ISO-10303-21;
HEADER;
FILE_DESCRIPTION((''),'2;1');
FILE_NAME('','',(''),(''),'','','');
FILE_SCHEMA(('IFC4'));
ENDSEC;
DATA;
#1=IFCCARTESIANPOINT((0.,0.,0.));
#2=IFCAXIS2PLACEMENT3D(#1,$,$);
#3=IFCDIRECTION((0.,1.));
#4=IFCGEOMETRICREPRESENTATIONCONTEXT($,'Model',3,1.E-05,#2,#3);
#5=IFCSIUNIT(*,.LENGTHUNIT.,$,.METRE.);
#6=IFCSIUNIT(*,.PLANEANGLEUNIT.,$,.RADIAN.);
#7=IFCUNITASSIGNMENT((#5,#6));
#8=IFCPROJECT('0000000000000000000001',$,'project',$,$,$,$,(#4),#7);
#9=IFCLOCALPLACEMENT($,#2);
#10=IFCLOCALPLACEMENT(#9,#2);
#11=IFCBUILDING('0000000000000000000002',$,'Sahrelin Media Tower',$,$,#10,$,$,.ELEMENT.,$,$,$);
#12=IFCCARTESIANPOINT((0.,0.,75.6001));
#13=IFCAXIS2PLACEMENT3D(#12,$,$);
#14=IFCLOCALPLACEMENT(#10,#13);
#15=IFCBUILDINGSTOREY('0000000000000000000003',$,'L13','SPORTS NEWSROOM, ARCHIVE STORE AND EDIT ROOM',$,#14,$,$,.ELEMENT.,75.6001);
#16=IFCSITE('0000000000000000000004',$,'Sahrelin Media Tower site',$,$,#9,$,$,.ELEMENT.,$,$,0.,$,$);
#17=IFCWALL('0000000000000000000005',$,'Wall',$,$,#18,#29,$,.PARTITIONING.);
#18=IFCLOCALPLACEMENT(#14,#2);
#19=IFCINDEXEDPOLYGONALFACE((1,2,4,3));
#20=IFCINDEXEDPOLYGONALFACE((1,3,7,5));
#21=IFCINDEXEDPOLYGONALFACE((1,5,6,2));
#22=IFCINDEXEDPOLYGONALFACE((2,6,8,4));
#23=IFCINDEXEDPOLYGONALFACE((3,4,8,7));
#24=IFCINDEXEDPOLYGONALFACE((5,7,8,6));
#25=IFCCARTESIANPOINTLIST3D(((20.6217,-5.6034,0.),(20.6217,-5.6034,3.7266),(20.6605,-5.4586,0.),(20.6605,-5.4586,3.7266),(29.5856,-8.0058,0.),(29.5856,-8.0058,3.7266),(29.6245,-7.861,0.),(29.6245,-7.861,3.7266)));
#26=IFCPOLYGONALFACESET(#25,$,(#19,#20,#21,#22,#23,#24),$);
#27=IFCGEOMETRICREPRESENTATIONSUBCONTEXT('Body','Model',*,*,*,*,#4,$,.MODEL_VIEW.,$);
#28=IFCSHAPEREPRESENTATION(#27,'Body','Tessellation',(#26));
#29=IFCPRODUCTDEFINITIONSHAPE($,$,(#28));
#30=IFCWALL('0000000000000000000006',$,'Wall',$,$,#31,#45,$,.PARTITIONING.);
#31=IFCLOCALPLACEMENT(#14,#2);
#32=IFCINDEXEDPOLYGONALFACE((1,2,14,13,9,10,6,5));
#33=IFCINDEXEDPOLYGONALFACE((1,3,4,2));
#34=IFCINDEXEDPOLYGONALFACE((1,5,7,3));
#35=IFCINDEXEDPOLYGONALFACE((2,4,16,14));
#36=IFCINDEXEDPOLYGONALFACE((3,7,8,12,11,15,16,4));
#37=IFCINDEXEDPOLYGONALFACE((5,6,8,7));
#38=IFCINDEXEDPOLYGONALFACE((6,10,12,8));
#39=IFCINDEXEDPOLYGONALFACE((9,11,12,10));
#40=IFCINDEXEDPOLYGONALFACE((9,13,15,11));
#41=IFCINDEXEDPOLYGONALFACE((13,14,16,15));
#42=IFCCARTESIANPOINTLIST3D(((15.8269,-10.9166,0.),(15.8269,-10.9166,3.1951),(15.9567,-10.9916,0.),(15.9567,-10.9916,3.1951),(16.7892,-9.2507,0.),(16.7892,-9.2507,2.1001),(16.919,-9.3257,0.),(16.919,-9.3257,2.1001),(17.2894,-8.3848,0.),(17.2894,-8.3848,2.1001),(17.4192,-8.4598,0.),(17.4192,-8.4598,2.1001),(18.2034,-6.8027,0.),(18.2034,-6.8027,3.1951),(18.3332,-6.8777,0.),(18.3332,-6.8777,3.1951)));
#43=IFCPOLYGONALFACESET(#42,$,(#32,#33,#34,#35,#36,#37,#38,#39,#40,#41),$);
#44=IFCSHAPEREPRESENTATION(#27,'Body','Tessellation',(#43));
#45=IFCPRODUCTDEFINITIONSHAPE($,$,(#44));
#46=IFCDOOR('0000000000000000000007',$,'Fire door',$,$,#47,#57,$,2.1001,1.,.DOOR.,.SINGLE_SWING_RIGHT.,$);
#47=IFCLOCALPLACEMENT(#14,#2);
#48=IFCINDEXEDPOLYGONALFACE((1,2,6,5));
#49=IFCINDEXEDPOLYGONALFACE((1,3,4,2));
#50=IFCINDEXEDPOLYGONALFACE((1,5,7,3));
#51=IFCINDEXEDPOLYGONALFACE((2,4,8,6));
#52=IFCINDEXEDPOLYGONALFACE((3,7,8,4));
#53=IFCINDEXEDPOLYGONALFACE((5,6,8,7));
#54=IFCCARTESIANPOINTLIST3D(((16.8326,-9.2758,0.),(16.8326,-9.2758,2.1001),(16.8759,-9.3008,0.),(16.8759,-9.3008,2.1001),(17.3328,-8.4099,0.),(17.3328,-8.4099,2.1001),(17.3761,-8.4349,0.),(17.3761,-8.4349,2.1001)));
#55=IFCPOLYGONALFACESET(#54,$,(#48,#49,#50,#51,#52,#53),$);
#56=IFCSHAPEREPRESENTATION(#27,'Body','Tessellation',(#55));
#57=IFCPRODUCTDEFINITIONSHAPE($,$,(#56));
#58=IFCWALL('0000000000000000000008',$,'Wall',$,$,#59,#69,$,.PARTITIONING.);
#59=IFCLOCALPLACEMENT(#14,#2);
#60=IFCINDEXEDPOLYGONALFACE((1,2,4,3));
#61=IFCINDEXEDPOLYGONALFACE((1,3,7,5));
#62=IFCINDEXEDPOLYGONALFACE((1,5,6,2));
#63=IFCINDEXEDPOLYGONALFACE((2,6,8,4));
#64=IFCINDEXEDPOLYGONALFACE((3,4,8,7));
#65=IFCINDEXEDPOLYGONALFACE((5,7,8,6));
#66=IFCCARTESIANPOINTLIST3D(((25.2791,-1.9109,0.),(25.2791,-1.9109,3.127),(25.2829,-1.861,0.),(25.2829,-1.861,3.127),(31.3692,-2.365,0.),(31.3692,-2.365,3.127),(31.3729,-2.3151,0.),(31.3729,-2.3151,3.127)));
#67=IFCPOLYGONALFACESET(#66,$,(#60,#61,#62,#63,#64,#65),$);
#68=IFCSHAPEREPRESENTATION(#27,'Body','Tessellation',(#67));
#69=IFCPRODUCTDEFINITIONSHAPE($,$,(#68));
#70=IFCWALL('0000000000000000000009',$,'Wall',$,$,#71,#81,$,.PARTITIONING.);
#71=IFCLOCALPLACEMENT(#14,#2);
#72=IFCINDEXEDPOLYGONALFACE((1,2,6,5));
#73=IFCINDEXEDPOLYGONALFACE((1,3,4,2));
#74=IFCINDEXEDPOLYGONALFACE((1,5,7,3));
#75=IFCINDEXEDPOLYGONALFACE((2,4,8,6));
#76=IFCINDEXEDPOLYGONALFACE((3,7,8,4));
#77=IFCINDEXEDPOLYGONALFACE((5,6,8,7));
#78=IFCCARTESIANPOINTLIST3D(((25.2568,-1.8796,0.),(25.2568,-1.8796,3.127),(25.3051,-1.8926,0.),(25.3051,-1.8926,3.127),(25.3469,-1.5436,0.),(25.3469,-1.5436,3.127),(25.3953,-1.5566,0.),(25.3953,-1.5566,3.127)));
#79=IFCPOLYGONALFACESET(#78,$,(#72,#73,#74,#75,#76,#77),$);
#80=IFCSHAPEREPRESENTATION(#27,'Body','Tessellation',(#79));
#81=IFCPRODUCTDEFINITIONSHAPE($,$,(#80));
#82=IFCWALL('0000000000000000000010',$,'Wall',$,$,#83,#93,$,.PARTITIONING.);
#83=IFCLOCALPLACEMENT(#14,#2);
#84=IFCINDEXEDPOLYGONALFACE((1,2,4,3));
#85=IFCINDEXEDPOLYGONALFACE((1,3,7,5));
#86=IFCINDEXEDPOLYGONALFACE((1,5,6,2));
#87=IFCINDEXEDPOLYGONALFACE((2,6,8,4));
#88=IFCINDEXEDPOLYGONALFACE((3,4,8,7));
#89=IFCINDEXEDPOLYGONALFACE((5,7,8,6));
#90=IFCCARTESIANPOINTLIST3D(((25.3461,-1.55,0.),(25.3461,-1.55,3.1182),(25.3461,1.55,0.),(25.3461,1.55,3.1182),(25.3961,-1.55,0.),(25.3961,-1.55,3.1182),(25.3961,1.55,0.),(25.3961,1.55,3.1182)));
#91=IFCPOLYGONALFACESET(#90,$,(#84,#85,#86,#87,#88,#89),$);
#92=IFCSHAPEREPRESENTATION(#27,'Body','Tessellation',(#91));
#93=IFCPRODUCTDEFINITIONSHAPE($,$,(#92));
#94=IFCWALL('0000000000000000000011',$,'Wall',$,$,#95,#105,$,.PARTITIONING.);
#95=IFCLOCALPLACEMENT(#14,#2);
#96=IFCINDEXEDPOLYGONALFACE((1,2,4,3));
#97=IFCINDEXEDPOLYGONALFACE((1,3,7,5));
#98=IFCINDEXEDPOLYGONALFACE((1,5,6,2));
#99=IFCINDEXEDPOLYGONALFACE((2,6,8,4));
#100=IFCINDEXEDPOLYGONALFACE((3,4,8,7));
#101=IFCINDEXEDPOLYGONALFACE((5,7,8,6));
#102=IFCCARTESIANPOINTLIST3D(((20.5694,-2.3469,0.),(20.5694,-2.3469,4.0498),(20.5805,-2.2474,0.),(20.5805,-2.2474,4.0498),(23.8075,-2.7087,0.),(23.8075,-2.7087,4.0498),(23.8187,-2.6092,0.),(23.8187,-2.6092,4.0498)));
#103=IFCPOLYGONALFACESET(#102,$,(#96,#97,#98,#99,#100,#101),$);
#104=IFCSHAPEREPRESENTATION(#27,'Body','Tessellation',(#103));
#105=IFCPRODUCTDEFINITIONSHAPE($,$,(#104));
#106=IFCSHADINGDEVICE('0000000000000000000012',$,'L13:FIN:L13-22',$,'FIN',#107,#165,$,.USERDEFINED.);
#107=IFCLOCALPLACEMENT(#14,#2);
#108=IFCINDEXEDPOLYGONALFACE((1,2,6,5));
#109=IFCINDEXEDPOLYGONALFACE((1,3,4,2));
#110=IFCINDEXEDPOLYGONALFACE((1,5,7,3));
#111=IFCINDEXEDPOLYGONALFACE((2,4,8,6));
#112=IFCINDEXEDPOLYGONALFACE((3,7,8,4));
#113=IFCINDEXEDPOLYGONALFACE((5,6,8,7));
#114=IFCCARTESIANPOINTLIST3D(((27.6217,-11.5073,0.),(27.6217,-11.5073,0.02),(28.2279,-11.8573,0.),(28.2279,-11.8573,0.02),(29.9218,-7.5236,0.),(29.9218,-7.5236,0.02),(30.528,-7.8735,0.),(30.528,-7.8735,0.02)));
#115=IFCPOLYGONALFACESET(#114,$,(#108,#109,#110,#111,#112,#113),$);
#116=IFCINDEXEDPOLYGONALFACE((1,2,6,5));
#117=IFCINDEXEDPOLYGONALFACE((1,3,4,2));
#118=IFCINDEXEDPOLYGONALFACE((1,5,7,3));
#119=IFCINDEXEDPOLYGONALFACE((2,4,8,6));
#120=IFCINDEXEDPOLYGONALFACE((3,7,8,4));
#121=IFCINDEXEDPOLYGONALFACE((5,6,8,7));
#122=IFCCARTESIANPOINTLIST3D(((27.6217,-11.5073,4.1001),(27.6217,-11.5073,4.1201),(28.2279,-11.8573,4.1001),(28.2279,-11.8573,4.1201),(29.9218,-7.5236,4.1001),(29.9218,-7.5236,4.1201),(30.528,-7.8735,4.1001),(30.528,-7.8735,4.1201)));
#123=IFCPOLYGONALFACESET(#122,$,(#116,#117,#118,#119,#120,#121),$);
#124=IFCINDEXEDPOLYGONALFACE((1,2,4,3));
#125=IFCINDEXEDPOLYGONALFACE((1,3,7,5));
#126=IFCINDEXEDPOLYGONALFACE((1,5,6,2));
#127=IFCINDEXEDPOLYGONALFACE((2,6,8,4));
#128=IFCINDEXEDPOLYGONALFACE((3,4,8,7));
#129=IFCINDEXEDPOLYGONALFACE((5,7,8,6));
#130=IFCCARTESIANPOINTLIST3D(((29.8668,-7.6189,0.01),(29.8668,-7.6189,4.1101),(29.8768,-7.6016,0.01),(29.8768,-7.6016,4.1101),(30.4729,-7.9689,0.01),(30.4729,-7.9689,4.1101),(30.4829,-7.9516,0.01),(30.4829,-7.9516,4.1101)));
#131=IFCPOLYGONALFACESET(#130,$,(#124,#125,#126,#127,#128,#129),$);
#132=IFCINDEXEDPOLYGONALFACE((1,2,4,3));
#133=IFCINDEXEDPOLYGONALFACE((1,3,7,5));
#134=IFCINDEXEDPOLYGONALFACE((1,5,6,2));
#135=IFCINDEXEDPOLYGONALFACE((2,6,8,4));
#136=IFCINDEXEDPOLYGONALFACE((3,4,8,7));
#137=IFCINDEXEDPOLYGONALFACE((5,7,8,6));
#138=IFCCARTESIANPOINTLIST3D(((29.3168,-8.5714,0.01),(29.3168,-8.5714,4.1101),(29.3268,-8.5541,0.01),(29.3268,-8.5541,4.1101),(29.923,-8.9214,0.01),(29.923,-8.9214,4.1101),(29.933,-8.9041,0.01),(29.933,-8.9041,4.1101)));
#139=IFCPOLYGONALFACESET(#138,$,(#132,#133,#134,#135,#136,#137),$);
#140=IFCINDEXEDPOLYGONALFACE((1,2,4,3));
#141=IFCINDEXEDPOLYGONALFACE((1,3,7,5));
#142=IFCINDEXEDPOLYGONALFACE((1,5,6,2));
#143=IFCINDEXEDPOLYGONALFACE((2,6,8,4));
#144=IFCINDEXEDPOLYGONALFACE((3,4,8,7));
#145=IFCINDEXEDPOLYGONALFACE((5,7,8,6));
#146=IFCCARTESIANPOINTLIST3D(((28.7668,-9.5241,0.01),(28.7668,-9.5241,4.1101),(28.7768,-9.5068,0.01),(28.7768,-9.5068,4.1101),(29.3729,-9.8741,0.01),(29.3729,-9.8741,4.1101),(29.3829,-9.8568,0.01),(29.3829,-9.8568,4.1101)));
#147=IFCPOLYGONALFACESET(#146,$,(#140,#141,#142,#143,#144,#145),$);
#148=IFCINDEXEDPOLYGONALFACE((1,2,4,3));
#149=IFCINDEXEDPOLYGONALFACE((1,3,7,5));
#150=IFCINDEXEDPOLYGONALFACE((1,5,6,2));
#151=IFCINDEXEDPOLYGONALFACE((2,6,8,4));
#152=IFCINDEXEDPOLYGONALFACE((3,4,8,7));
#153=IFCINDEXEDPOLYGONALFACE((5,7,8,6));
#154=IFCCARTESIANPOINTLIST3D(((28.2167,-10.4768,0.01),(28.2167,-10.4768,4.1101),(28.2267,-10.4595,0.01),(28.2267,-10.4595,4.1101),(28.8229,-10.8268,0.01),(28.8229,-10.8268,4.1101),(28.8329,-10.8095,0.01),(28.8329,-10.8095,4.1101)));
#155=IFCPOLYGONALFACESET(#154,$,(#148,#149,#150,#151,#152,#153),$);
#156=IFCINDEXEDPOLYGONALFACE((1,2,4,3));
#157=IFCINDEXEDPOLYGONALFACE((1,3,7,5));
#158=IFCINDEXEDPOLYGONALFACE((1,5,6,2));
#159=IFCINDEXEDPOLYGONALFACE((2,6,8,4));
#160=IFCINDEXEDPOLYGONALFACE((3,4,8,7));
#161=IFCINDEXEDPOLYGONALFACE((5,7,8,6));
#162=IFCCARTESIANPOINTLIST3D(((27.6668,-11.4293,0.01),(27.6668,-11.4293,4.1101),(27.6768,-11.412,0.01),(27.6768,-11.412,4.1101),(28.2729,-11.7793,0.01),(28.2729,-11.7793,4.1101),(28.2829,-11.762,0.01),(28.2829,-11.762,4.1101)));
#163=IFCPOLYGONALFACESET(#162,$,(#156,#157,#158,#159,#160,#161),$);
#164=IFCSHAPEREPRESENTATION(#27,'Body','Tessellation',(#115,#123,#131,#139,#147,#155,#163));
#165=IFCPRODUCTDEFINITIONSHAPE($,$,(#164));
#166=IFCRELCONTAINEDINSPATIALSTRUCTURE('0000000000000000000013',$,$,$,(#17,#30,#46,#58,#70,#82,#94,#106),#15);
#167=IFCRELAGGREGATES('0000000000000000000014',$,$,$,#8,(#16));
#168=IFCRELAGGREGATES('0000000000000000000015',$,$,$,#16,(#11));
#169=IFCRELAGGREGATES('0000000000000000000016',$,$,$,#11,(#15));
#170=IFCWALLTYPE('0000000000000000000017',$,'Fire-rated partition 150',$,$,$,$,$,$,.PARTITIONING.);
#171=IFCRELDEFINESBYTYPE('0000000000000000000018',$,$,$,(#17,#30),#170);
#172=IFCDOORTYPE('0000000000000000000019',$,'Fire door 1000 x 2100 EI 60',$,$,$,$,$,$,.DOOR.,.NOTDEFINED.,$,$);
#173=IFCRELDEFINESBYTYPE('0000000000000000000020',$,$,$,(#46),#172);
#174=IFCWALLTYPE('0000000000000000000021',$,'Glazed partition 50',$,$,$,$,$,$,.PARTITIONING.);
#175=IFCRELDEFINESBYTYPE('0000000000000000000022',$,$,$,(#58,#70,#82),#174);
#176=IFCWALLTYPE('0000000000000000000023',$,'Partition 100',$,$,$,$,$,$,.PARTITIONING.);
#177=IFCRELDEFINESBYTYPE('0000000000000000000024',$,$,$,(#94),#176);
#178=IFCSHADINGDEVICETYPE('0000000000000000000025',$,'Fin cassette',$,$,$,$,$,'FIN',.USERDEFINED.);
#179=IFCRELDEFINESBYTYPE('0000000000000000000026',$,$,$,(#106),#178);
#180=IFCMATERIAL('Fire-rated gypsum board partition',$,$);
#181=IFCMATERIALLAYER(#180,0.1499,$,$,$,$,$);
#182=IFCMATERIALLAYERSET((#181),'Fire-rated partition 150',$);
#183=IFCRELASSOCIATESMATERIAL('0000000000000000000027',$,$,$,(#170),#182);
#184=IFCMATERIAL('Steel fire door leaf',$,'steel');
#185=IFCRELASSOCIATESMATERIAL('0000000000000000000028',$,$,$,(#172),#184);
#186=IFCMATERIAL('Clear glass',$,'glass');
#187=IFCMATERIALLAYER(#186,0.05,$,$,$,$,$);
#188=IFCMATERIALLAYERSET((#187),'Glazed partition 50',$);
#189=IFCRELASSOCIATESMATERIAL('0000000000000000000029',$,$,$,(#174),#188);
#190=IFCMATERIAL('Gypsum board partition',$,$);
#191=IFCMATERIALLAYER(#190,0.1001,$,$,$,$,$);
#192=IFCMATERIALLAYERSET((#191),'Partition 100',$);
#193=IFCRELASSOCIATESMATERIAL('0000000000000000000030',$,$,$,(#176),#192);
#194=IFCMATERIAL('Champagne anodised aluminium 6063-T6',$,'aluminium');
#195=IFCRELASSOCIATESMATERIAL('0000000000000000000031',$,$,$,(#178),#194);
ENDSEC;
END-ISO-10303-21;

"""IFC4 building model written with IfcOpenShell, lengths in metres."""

from ifc_helpers import new_model, si_unit, direction, frame, frame_2d, origin, origin_2d, place, context, subcontext, project, spatial, rectangle, extrude, material, layer, layer_set, type_object, element, fill, save


model = new_model("IFC4")

# Units and contexts
model_context = context("Model", 3, precision=1e-05, world=origin(), true_north=direction((0.0, 1.0)))
body_context = subcontext(model_context, "Body", "Model", "MODEL_VIEW")
ifc_project = project(units=[si_unit("LENGTHUNIT", "METRE"), si_unit("PLANEANGLEUNIT", "RADIAN")], contexts=[model_context])

# Site, building, storey
site_placement = place(None, origin())
site = spatial("IfcSite", under=ifc_project, at=site_placement, Name="Sahrelin Media Tower site", CompositionType="ELEMENT", RefElevation=0.0)
building_placement = place(site_placement, origin())
building = spatial("IfcBuilding", under=site, at=building_placement, Name="Sahrelin Media Tower", CompositionType="ELEMENT")
storey_placement = place(building_placement, frame((0.0, 0.0, 75.6001)))
storey = spatial("IfcBuildingStorey", under=building, at=storey_placement, Name="L13", Description="SPORTS NEWSROOM, ARCHIVE STORE AND EDIT ROOM", CompositionType="ELEMENT", Elevation=75.6001)

# Shared definitions
ifc_material_1 = material(Name="Champagne anodised aluminium 6063-T6", Category="aluminium")

# Wall
ifc_material_2 = material(Name="Fire-rated gypsum board partition")
ifc_layer_1 = layer(ifc_material_2, 0.1499)
ifc_layer_set_1 = layer_set([ifc_layer_1], Name="Fire-rated partition 150")
wall_type_1 = type_object("IfcWallType", Name="Fire-rated partition 150", PredefinedType="PARTITIONING", material=ifc_layer_set_1)
wall_1_placement = place(storey_placement, frame((20.6411, -5.531, 0.0), z_axis=(0.0, 0.0, 1.0), x_axis=(0.965913, -0.258868, 0.0)))
element("IfcWall", 1, at=wall_1_placement, inside=storey, type_object=wall_type_1, Name="Wall", PredefinedType="PARTITIONING", context=body_context, shape_type="SweptSolid", body=[
    extrude(rectangle(XDim=9.2803, YDim=0.1499, at=frame_2d((4.6401, 0.0))), origin(), (0.0, 0.0, 1.0), 3.7266),
])

# Wall, opening, door
wall_2_placement = place(storey_placement, frame((15.8918, -10.9541, 0.0), z_axis=(0.0, 0.0, 1.0), x_axis=(0.500195, 0.865913, 0.0)))
wall_2 = element("IfcWall", 2, at=wall_2_placement, inside=storey, type_object=wall_type_1, Name="Wall", PredefinedType="PARTITIONING", context=body_context, shape_type="SweptSolid", body=[
    extrude(rectangle(XDim=4.751, YDim=0.1499, at=frame_2d((2.3755, 0.0))), origin(), (0.0, 0.0, 1.0), 3.1951),
])
opening_placement = place(wall_2_placement, frame((1.9238, 0.0, 0.0)))
opening = element("IfcOpeningElement", 3, at=opening_placement, cuts=wall_2, PredefinedType="OPENING", context=body_context, shape_type="SweptSolid", body=[
    extrude(rectangle(XDim=1.0, YDim=2.1001, at=frame_2d((0.5, 1.05))), frame((0.0, 0.075, 0.0), z_axis=(0.0, -1.0, 0.0), x_axis=(1.0, 0.0, 0.0)), (0.0, 0.0, 1.0), 0.1499),
])
ifc_material_3 = material(Name="Steel fire door leaf", Category="steel")
door_type = type_object("IfcDoorType", Name="Fire door 1000 x 2100 EI 60", OperationType="NOTDEFINED", PredefinedType="DOOR", material=ifc_material_3)
door_placement = place(opening_placement, origin())
door = element("IfcDoor", 4, at=door_placement, inside=storey, type_object=door_type, Name="Fire door", OperationType="SINGLE_SWING_RIGHT", OverallHeight=2.1001, OverallWidth=1.0, PredefinedType="DOOR", context=body_context, shape_type="SweptSolid", body=[
    extrude(rectangle(XDim=1.0, YDim=2.1001, at=frame_2d((0.5, 1.05))), frame((0.0, 0.0249, 0.0), z_axis=(0.0, -1.0, 0.0), x_axis=(1.0, 0.0, 0.0)), (0.0, 0.0, 1.0), 0.05),
])
fill(opening, door)

# Walls
ifc_material_4 = material(Name="Clear glass", Category="glass")
ifc_layer_2 = layer(ifc_material_4, 0.05)
ifc_layer_set_2 = layer_set([ifc_layer_2], Name="Glazed partition 50")
wall_type_2 = type_object("IfcWallType", Name="Glazed partition 50", PredefinedType="PARTITIONING", material=ifc_layer_set_2)
wall_3_placement = place(storey_placement, frame((25.281, -1.886, 0.0), z_axis=(0.0, 0.0, 1.0), x_axis=(0.997232, -0.074358, 0.0)))
element("IfcWall", 5, at=wall_3_placement, inside=storey, type_object=wall_type_2, Name="Wall", PredefinedType="PARTITIONING", context=body_context, shape_type="SweptSolid", body=[
    extrude(rectangle(XDim=6.1069, YDim=0.05, at=frame_2d((3.0535, 0.0))), origin(), (0.0, 0.0, 1.0), 3.127),
])
wall_4_placement = place(storey_placement, frame((25.281, -1.886, 0.0), z_axis=(0.0, 0.0, 1.0), x_axis=(0.259017, 0.965873, 0.0)))
element("IfcWall", 6, at=wall_4_placement, inside=storey, type_object=wall_type_2, Name="Wall", PredefinedType="PARTITIONING", context=body_context, shape_type="SweptSolid", body=[
    extrude(rectangle(XDim=0.3479, YDim=0.05, at=frame_2d((0.1738, 0.0))), origin(), (0.0, 0.0, 1.0), 3.127),
])
wall_5_placement = place(storey_placement, frame((25.3711, -1.55, 0.0), z_axis=(0.0, 0.0, 1.0), x_axis=(0.0, 1.0, 0.0)))
element("IfcWall", 7, at=wall_5_placement, inside=storey, type_object=wall_type_2, Name="Wall", PredefinedType="PARTITIONING", context=body_context, shape_type="SweptSolid", body=[
    extrude(rectangle(XDim=3.1001, YDim=0.05, at=frame_2d((1.55, 0.0))), origin(), (0.0, 0.0, 1.0), 3.1182),
])
ifc_material_5 = material(Name="Gypsum board partition")
ifc_layer_3 = layer(ifc_material_5, 0.1001)
ifc_layer_set_3 = layer_set([ifc_layer_3], Name="Partition 100")
wall_type_3 = type_object("IfcWallType", Name="Partition 100", PredefinedType="PARTITIONING", material=ifc_layer_set_3)
wall_6_placement = place(storey_placement, frame((20.575, -2.2971, 0.0), z_axis=(0.0, 0.0, 1.0), x_axis=(0.993815, -0.111048, 0.0)))
element("IfcWall", 8, at=wall_6_placement, inside=storey, type_object=wall_type_3, Name="Wall", PredefinedType="PARTITIONING", context=body_context, shape_type="SweptSolid", body=[
    extrude(rectangle(XDim=3.2583, YDim=0.1001, at=frame_2d((1.6292, 0.0))), origin(), (0.0, 0.0, 1.0), 4.0498),
])

# Shading device
shading_device_type_1 = type_object("IfcShadingDeviceType", Name="Fin cassette", ElementType="FIN", PredefinedType="USERDEFINED", material=ifc_material_1)
placement_1 = place(storey_placement, frame((28.7112, -9.4805, 0.0), z_axis=(0.0, 0.0, 1.0), x_axis=(-0.500011, -0.866019, 0.0)))
element("IfcShadingDevice", 9, at=placement_1, inside=storey, type_object=shading_device_type_1, Name="L13:FIN:L13-22", ObjectType="FIN", PredefinedType="USERDEFINED", context=body_context, shape_type="SweptSolid", body=[
    extrude(rectangle(XDim=4.6001, YDim=0.7, at=origin_2d()), frame((0.0, 0.4199, 0.0)), (0.0, 0.0, 1.0), 0.02),
    extrude(rectangle(XDim=4.6001, YDim=0.7, at=origin_2d()), frame((0.0, 0.4199, 4.1001)), (0.0, 0.0, 1.0), 0.02),
    extrude(rectangle(XDim=0.02, YDim=0.7, at=origin_2d()), frame((-2.2, 0.4199, 0.01), z_axis=(0.0, 0.0, 1.0), x_axis=(1.0, 0.0, 0.0)), (0.0, 0.0, 1.0), 4.1001),
    extrude(rectangle(XDim=0.02, YDim=0.7, at=origin_2d()), frame((-1.1001, 0.4199, 0.01), z_axis=(0.0, 0.0, 1.0), x_axis=(1.0, 0.0, 0.0)), (0.0, 0.0, 1.0), 4.1001),
    extrude(rectangle(XDim=0.02, YDim=0.7, at=origin_2d()), frame((0.0, 0.4199, 0.01), z_axis=(0.0, 0.0, 1.0), x_axis=(1.0, 0.0, 0.0)), (0.0, 0.0, 1.0), 4.1001),
    extrude(rectangle(XDim=0.02, YDim=0.7, at=origin_2d()), frame((1.1001, 0.4199, 0.01), z_axis=(0.0, 0.0, 1.0), x_axis=(1.0, 0.0, 0.0)), (0.0, 0.0, 1.0), 4.1001),
    extrude(rectangle(XDim=0.02, YDim=0.7, at=origin_2d()), frame((2.2, 0.4199, 0.01), z_axis=(0.0, 0.0, 1.0), x_axis=(1.0, 0.0, 0.0)), (0.0, 0.0, 1.0), 4.1001),
])

save(model, "model.ifc")
